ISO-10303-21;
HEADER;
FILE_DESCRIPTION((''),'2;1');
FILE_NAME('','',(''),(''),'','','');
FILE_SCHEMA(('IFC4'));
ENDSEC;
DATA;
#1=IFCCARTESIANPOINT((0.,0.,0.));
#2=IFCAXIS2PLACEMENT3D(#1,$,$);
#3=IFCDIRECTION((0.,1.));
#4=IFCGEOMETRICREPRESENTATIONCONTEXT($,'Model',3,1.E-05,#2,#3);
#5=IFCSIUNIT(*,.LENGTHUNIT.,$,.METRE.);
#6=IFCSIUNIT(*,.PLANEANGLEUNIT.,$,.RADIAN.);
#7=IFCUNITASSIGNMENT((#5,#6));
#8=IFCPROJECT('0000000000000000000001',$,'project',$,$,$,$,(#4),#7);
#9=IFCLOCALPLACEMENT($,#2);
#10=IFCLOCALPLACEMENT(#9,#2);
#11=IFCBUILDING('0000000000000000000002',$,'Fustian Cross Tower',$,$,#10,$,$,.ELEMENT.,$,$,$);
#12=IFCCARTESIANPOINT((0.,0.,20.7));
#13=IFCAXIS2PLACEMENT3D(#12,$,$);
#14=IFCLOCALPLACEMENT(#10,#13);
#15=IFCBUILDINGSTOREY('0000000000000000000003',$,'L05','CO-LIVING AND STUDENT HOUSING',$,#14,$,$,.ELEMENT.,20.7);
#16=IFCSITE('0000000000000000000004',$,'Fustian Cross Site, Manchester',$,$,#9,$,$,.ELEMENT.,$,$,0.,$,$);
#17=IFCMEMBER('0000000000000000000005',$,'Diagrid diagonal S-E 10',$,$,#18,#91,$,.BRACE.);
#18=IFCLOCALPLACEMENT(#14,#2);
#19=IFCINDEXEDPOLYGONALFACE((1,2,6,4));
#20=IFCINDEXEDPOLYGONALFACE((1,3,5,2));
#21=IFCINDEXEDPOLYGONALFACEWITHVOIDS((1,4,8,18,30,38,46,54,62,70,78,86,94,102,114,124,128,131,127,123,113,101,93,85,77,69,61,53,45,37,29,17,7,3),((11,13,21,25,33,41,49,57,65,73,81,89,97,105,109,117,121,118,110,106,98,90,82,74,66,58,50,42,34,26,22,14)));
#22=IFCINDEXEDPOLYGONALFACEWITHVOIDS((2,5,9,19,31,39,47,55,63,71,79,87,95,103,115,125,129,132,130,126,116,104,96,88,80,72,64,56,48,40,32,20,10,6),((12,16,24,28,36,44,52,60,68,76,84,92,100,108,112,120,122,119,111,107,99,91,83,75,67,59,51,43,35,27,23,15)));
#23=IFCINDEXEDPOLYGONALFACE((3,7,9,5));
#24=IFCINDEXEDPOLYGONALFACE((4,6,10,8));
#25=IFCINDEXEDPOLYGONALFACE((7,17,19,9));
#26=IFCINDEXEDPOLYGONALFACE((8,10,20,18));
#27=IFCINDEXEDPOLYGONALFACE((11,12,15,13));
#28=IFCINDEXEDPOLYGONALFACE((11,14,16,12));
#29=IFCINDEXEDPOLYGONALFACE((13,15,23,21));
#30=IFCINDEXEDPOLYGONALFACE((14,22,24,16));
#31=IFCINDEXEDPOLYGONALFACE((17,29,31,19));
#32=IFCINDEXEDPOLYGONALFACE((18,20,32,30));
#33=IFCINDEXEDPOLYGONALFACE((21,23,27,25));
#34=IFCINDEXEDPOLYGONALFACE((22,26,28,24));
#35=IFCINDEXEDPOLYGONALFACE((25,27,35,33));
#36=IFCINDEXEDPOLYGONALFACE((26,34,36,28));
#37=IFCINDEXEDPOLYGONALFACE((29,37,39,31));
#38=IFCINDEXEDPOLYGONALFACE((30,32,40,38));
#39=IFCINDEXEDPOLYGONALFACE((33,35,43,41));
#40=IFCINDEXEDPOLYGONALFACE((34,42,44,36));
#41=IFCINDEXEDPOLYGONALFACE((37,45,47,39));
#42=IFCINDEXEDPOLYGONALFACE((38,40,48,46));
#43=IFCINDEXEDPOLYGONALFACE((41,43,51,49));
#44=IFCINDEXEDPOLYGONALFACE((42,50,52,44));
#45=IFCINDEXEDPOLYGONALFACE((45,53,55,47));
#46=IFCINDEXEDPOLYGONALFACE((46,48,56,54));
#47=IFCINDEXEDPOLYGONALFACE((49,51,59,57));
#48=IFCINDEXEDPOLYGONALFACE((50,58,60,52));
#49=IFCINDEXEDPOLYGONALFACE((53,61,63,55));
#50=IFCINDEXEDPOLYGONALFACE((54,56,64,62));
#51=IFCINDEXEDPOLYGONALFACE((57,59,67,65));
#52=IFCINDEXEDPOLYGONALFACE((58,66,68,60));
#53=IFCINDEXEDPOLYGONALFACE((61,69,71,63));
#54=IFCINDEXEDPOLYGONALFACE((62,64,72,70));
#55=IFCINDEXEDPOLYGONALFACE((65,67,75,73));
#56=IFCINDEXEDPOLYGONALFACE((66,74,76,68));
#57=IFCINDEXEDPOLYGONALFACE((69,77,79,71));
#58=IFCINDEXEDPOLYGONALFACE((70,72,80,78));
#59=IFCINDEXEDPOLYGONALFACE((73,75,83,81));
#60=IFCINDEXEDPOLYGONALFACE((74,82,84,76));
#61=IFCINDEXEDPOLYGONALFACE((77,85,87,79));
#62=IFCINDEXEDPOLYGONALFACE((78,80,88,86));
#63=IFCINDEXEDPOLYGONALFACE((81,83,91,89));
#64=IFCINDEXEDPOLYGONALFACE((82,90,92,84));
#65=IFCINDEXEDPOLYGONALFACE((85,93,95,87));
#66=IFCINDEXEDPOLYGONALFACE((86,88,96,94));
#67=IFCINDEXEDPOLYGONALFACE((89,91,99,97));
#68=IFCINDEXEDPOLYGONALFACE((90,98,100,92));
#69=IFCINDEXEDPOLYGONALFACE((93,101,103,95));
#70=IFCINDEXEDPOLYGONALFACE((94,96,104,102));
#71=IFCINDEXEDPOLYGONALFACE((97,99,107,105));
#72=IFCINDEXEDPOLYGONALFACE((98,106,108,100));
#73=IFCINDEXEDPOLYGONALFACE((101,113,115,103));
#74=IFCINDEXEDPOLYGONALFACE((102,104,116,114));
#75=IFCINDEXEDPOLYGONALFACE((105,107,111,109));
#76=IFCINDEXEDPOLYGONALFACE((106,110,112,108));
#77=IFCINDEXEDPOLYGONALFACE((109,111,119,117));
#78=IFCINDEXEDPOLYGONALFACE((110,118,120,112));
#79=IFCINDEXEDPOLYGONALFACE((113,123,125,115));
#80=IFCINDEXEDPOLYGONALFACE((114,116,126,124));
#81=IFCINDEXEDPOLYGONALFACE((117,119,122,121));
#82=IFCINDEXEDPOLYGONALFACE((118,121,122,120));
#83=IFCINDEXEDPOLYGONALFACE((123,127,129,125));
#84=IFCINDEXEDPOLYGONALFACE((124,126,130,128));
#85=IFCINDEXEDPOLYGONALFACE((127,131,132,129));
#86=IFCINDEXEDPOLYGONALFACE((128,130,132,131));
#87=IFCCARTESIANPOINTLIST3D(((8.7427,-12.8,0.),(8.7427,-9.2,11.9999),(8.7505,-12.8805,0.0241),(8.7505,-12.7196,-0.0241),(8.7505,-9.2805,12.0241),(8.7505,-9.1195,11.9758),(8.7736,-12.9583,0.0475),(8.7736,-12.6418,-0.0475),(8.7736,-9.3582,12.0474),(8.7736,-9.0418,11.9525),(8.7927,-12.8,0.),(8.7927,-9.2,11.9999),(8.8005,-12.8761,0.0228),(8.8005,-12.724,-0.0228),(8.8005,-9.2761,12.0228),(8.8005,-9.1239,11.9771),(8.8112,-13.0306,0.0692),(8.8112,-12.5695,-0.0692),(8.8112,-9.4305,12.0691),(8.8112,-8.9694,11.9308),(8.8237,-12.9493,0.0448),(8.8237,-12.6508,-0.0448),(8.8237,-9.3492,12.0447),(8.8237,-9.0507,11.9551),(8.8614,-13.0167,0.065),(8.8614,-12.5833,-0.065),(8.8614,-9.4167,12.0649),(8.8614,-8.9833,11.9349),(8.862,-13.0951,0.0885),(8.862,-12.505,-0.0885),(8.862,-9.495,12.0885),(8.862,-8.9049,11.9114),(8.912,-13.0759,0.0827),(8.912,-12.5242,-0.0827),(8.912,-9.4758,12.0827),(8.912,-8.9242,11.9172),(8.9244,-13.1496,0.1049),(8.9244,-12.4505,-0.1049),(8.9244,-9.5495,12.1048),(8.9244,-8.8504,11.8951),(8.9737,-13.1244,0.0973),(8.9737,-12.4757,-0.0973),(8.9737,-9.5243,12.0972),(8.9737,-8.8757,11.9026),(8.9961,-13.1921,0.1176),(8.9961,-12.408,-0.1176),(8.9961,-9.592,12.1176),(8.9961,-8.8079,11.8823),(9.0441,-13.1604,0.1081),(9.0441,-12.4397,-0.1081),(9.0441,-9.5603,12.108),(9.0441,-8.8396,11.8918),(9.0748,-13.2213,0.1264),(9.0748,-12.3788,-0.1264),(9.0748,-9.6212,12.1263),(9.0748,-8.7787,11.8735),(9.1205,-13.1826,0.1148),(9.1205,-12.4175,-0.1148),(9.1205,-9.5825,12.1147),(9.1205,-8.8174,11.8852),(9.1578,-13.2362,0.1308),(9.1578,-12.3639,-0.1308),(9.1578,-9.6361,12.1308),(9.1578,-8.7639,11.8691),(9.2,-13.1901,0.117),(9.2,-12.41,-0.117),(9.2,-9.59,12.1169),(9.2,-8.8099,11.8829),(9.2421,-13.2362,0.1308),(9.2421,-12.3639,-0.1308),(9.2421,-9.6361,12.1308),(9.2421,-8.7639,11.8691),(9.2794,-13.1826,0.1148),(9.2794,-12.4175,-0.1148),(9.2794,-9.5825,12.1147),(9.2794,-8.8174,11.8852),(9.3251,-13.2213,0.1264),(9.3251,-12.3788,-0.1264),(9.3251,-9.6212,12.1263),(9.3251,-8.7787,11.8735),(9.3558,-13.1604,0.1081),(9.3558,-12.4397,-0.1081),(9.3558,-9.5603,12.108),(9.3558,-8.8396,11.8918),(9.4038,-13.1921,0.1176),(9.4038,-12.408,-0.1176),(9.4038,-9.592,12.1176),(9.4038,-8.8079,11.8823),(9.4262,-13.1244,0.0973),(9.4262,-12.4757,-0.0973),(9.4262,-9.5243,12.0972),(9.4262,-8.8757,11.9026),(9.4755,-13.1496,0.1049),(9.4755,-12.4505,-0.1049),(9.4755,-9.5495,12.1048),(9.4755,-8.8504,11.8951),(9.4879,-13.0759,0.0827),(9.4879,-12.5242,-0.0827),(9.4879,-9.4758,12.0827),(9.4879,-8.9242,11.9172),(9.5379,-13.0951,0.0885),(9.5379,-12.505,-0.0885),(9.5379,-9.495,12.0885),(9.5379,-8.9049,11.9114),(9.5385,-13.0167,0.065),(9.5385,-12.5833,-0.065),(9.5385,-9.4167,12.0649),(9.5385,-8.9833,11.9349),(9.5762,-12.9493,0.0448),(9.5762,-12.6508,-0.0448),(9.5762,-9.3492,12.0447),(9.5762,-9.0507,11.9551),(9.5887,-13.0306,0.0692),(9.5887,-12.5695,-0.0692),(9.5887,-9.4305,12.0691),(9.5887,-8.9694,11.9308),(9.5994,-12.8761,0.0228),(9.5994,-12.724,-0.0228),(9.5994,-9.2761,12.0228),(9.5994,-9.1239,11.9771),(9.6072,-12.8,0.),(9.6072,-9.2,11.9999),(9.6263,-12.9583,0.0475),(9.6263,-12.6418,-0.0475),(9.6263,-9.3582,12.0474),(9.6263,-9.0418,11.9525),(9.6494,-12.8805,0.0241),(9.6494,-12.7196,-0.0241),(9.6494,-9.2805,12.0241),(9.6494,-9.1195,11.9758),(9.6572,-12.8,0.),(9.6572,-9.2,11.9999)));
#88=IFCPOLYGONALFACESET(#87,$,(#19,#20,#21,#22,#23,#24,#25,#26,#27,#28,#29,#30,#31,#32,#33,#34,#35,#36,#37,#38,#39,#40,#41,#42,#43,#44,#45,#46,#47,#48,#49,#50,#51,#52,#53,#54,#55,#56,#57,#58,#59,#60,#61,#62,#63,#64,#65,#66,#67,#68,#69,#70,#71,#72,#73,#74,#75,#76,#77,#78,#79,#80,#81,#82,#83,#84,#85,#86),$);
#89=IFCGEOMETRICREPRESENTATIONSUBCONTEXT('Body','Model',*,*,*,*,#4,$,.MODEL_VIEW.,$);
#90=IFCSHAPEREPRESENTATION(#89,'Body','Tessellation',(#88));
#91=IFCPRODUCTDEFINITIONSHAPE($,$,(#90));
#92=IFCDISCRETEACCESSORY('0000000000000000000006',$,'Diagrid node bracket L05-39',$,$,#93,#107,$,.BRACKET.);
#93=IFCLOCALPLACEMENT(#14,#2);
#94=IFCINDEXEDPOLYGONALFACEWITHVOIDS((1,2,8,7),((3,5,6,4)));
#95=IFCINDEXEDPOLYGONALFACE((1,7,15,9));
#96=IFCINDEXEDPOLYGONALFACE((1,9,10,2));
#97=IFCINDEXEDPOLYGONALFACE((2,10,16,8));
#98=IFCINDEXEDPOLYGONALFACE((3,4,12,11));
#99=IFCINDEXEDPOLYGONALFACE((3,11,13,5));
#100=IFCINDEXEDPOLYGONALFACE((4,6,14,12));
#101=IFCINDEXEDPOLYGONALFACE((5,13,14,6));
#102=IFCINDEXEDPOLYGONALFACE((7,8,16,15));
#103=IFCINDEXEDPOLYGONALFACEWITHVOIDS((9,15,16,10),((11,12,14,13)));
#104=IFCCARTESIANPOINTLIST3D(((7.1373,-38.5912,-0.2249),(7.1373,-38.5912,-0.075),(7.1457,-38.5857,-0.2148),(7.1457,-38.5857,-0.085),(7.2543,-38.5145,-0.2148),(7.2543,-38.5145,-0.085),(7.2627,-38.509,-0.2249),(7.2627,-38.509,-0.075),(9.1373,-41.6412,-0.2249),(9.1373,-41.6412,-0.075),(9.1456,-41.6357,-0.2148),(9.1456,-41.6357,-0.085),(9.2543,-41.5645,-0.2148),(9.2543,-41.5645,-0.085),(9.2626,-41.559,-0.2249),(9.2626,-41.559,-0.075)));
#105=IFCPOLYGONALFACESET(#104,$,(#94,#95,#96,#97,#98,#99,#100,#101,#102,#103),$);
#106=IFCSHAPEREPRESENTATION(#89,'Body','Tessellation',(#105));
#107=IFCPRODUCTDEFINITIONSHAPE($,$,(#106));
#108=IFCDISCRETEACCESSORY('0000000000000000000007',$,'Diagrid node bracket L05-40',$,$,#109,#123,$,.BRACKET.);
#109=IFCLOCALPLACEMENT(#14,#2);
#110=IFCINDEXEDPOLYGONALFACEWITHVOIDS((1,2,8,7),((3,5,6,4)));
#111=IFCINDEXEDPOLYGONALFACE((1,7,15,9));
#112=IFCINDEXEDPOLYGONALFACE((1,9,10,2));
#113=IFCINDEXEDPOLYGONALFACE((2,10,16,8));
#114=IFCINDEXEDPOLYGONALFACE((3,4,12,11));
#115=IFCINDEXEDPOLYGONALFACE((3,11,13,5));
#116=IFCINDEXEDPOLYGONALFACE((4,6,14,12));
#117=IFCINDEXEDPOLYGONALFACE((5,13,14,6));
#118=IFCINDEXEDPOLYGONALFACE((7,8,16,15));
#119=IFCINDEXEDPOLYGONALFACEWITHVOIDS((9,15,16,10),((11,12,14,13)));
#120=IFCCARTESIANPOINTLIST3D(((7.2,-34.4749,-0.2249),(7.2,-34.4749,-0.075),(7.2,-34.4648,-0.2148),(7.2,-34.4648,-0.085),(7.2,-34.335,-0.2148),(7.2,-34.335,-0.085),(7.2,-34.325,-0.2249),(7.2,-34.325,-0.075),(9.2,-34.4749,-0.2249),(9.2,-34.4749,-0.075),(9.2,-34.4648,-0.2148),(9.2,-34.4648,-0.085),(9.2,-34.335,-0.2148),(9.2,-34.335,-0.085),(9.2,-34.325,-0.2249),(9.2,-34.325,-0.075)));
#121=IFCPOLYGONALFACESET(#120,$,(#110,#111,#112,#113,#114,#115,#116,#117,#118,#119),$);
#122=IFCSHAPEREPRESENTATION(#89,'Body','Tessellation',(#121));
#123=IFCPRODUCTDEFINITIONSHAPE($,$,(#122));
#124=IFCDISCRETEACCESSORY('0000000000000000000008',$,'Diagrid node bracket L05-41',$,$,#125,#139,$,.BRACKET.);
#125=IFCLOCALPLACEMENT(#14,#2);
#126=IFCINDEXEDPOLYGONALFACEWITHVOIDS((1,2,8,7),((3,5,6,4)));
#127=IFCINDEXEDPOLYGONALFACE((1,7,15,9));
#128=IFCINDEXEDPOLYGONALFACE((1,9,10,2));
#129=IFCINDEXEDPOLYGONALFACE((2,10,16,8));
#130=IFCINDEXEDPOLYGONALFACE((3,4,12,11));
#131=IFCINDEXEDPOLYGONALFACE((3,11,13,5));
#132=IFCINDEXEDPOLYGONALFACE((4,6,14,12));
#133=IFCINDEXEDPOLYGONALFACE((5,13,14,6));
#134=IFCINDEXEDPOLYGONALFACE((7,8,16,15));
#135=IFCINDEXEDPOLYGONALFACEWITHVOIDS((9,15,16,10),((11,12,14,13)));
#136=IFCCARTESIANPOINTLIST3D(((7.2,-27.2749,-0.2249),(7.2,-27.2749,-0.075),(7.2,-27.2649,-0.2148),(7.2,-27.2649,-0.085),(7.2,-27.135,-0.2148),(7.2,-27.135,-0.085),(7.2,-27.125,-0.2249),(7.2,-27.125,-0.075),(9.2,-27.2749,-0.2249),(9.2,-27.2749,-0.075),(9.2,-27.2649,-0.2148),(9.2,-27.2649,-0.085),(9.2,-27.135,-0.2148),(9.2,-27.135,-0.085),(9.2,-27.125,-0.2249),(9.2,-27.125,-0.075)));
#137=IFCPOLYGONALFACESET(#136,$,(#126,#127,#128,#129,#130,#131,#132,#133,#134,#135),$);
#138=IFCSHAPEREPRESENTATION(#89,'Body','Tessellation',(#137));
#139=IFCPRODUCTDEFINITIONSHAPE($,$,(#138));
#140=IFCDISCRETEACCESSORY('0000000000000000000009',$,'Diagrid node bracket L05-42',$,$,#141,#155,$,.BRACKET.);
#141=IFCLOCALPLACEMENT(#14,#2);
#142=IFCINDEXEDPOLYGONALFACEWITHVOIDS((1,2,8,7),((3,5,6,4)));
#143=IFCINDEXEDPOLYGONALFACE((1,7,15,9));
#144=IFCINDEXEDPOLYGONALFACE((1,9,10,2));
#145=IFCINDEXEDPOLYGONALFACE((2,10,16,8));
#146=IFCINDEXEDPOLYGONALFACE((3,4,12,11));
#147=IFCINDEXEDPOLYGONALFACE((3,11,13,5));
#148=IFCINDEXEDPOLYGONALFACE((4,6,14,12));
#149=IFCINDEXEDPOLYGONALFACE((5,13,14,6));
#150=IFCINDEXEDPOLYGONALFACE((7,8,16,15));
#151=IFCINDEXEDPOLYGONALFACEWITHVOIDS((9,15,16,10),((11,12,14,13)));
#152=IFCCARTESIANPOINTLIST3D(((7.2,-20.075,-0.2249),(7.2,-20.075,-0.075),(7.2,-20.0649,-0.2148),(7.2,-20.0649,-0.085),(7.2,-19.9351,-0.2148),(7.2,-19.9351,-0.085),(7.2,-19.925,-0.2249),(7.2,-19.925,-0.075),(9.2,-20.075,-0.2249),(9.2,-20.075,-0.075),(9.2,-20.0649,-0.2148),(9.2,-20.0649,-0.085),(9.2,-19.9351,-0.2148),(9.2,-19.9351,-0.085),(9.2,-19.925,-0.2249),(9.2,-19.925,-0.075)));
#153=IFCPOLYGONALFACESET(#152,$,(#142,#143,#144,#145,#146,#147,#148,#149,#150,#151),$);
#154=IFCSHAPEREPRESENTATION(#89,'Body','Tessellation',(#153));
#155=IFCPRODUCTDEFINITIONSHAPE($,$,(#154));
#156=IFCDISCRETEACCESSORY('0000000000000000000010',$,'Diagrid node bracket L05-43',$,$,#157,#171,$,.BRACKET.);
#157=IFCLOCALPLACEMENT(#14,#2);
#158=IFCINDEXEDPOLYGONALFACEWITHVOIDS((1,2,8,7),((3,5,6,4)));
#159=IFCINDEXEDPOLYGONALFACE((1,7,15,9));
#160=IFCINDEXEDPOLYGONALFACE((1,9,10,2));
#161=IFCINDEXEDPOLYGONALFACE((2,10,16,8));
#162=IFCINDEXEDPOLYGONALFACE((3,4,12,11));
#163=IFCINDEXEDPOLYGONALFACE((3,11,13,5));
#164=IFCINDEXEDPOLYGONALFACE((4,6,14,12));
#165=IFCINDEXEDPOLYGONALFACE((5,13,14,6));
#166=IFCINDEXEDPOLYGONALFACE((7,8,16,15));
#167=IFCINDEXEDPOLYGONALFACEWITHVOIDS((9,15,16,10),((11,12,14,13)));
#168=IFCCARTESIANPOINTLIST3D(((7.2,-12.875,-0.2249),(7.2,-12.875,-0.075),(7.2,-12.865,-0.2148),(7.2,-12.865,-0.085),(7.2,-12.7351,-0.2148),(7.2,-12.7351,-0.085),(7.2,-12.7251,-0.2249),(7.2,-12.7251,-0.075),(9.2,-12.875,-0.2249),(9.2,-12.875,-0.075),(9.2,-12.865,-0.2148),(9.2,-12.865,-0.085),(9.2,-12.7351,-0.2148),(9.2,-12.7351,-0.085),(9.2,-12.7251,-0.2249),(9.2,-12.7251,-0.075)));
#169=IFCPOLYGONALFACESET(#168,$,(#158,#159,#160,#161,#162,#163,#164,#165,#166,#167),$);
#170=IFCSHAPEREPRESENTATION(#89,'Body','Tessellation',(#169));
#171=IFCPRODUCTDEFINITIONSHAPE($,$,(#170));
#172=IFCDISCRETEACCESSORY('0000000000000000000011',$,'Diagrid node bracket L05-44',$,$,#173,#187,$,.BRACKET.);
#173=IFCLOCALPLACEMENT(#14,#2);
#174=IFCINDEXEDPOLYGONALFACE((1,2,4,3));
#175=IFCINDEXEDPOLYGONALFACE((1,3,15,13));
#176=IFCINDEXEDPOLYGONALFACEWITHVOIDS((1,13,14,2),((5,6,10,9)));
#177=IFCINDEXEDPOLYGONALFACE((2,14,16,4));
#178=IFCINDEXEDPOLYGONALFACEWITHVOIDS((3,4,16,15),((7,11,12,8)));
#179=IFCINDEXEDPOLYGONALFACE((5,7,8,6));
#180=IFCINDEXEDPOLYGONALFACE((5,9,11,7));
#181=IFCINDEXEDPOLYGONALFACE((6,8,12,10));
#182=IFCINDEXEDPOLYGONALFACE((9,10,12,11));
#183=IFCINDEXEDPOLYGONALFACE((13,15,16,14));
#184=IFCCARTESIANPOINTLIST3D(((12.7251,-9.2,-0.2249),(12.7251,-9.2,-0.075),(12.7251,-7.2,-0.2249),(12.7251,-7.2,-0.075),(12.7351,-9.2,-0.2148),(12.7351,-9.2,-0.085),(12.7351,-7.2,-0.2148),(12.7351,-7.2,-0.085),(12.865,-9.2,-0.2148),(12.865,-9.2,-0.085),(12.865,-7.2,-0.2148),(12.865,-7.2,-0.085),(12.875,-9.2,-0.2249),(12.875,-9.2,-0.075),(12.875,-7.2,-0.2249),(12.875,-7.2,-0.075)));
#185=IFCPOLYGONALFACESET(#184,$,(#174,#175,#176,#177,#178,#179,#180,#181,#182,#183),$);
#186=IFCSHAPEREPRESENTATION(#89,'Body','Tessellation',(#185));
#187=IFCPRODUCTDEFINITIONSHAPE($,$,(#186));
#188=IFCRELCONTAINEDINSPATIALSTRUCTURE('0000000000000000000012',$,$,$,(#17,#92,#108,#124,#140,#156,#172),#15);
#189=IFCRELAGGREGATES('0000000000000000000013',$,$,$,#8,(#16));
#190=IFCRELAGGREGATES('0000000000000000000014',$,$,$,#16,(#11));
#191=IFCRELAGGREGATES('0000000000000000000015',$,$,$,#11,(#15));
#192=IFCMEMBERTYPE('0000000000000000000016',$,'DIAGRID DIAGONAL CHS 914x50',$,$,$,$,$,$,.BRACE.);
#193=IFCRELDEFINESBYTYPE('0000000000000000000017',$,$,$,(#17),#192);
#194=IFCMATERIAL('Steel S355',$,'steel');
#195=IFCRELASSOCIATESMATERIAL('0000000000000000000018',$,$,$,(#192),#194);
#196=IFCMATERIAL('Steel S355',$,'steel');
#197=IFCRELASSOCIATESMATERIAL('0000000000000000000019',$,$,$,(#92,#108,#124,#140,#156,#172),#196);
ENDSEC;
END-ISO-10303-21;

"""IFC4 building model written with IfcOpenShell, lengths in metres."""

from ifc_helpers import new_model, si_unit, direction, frame, origin, origin_2d, place, context, subcontext, project, spatial, hollow_rectangle, hollow_circle, extrude, material, material_profile, profile_set, type_object, element, save


model = new_model("IFC4")

# Units and contexts
model_context = context("Model", 3, precision=1e-05, world=origin(), true_north=direction((0.0, 1.0)))
body_context = subcontext(model_context, "Body", "Model", "MODEL_VIEW")
ifc_project = project(units=[si_unit("LENGTHUNIT", "METRE"), si_unit("PLANEANGLEUNIT", "RADIAN")], contexts=[model_context])

# Site, building, storey
site_placement = place(None, origin())
site = spatial("IfcSite", under=ifc_project, at=site_placement, Name="Fustian Cross Site, Manchester", CompositionType="ELEMENT", RefElevation=0.0)
building_placement = place(site_placement, origin())
building = spatial("IfcBuilding", under=site, at=building_placement, Name="Fustian Cross Tower", CompositionType="ELEMENT")
storey_placement = place(building_placement, frame((0.0, 0.0, 20.7)))
storey = spatial("IfcBuildingStorey", under=building, at=storey_placement, Name="L05", Description="CO-LIVING AND STUDENT HOUSING", CompositionType="ELEMENT", Elevation=20.7)

# Member
ifc_material_1 = material(Name="Steel S355", Category="steel")
ifc_material_profile_1 = material_profile(ifc_material_1, hollow_circle(Radius=0.4573, WallThickness=0.05, at=origin_2d()), Name="CHS 914x50")
ifc_profile_set_1 = profile_set([ifc_material_profile_1], Name="Steel S355")
member_type_1 = type_object("IfcMemberType", Name="DIAGRID DIAGONAL CHS 914x50", PredefinedType="BRACE", material=ifc_profile_set_1)
for number, where, z_axis, x_axis, name in (
    (1, (9.2, -12.8, 0.0), (0.0, 0.287355, 0.957824), (-1.0, 0.0, 0.0), "Diagrid diagonal S-E 10"),
):
    element("IfcMember", number, at=place(storey_placement, frame(where, z_axis=z_axis, x_axis=x_axis)), inside=storey, type_object=member_type_1, Name=name, PredefinedType="BRACE", context=body_context, shape_type="SweptSolid", body=[
        extrude(hollow_circle(Radius=0.4573, WallThickness=0.05, at=origin_2d()), origin(), (0.0, 0.0, 1.0), 12.5283),
    ])

# Discrete accessories
ifc_material_2 = material(Name="Steel S355", Category="steel")
discrete_accessory_placement = place(storey_placement, frame((9.2, -41.6001, -0.1499), z_axis=(-0.548351, 0.836248, 0.0), x_axis=(-0.836248, -0.548351, 0.0)))
element("IfcDiscreteAccessory", 2, at=discrete_accessory_placement, inside=storey, material=ifc_material_2, Name="Diagrid node bracket L05-39", PredefinedType="BRACKET", context=body_context, shape_type="SweptSolid", body=[
    extrude(hollow_rectangle(XDim=0.1499, YDim=0.1499, WallThickness=0.01, at=origin_2d()), origin(), (0.0, 0.0, 1.0), 3.6472),
])
for number, where, z_axis, x_axis, name in (
    (3, (9.2, -34.3999, -0.1499), (-1.0, 0.0, 0.0), (0.0, -1.0, 0.0), "Diagrid node bracket L05-40"),
    (4, (9.2, -27.2, -0.1499), (-1.0, 0.0, 0.0), (0.0, -1.0, 0.0), "Diagrid node bracket L05-41"),
    (5, (9.2, -20.0, -0.1499), (-1.0, 0.0, 0.0), (0.0, -1.0, 0.0), "Diagrid node bracket L05-42"),
    (6, (9.2, -12.8, -0.1499), (-1.0, 0.0, 0.0), (0.0, -1.0, 0.0), "Diagrid node bracket L05-43"),
    (7, (12.8, -9.2, -0.1499), (0.0, 1.0, 0.0), (-1.0, 0.0, 0.0), "Diagrid node bracket L05-44"),
):
    element("IfcDiscreteAccessory", number, at=place(storey_placement, frame(where, z_axis=z_axis, x_axis=x_axis)), inside=storey, material=ifc_material_2, Name=name, PredefinedType="BRACKET", context=body_context, shape_type="SweptSolid", body=[
        extrude(hollow_rectangle(XDim=0.1499, YDim=0.1499, WallThickness=0.01, at=origin_2d()), origin(), (0.0, 0.0, 1.0), 2.0),
    ])

save(model, "model.ifc")
